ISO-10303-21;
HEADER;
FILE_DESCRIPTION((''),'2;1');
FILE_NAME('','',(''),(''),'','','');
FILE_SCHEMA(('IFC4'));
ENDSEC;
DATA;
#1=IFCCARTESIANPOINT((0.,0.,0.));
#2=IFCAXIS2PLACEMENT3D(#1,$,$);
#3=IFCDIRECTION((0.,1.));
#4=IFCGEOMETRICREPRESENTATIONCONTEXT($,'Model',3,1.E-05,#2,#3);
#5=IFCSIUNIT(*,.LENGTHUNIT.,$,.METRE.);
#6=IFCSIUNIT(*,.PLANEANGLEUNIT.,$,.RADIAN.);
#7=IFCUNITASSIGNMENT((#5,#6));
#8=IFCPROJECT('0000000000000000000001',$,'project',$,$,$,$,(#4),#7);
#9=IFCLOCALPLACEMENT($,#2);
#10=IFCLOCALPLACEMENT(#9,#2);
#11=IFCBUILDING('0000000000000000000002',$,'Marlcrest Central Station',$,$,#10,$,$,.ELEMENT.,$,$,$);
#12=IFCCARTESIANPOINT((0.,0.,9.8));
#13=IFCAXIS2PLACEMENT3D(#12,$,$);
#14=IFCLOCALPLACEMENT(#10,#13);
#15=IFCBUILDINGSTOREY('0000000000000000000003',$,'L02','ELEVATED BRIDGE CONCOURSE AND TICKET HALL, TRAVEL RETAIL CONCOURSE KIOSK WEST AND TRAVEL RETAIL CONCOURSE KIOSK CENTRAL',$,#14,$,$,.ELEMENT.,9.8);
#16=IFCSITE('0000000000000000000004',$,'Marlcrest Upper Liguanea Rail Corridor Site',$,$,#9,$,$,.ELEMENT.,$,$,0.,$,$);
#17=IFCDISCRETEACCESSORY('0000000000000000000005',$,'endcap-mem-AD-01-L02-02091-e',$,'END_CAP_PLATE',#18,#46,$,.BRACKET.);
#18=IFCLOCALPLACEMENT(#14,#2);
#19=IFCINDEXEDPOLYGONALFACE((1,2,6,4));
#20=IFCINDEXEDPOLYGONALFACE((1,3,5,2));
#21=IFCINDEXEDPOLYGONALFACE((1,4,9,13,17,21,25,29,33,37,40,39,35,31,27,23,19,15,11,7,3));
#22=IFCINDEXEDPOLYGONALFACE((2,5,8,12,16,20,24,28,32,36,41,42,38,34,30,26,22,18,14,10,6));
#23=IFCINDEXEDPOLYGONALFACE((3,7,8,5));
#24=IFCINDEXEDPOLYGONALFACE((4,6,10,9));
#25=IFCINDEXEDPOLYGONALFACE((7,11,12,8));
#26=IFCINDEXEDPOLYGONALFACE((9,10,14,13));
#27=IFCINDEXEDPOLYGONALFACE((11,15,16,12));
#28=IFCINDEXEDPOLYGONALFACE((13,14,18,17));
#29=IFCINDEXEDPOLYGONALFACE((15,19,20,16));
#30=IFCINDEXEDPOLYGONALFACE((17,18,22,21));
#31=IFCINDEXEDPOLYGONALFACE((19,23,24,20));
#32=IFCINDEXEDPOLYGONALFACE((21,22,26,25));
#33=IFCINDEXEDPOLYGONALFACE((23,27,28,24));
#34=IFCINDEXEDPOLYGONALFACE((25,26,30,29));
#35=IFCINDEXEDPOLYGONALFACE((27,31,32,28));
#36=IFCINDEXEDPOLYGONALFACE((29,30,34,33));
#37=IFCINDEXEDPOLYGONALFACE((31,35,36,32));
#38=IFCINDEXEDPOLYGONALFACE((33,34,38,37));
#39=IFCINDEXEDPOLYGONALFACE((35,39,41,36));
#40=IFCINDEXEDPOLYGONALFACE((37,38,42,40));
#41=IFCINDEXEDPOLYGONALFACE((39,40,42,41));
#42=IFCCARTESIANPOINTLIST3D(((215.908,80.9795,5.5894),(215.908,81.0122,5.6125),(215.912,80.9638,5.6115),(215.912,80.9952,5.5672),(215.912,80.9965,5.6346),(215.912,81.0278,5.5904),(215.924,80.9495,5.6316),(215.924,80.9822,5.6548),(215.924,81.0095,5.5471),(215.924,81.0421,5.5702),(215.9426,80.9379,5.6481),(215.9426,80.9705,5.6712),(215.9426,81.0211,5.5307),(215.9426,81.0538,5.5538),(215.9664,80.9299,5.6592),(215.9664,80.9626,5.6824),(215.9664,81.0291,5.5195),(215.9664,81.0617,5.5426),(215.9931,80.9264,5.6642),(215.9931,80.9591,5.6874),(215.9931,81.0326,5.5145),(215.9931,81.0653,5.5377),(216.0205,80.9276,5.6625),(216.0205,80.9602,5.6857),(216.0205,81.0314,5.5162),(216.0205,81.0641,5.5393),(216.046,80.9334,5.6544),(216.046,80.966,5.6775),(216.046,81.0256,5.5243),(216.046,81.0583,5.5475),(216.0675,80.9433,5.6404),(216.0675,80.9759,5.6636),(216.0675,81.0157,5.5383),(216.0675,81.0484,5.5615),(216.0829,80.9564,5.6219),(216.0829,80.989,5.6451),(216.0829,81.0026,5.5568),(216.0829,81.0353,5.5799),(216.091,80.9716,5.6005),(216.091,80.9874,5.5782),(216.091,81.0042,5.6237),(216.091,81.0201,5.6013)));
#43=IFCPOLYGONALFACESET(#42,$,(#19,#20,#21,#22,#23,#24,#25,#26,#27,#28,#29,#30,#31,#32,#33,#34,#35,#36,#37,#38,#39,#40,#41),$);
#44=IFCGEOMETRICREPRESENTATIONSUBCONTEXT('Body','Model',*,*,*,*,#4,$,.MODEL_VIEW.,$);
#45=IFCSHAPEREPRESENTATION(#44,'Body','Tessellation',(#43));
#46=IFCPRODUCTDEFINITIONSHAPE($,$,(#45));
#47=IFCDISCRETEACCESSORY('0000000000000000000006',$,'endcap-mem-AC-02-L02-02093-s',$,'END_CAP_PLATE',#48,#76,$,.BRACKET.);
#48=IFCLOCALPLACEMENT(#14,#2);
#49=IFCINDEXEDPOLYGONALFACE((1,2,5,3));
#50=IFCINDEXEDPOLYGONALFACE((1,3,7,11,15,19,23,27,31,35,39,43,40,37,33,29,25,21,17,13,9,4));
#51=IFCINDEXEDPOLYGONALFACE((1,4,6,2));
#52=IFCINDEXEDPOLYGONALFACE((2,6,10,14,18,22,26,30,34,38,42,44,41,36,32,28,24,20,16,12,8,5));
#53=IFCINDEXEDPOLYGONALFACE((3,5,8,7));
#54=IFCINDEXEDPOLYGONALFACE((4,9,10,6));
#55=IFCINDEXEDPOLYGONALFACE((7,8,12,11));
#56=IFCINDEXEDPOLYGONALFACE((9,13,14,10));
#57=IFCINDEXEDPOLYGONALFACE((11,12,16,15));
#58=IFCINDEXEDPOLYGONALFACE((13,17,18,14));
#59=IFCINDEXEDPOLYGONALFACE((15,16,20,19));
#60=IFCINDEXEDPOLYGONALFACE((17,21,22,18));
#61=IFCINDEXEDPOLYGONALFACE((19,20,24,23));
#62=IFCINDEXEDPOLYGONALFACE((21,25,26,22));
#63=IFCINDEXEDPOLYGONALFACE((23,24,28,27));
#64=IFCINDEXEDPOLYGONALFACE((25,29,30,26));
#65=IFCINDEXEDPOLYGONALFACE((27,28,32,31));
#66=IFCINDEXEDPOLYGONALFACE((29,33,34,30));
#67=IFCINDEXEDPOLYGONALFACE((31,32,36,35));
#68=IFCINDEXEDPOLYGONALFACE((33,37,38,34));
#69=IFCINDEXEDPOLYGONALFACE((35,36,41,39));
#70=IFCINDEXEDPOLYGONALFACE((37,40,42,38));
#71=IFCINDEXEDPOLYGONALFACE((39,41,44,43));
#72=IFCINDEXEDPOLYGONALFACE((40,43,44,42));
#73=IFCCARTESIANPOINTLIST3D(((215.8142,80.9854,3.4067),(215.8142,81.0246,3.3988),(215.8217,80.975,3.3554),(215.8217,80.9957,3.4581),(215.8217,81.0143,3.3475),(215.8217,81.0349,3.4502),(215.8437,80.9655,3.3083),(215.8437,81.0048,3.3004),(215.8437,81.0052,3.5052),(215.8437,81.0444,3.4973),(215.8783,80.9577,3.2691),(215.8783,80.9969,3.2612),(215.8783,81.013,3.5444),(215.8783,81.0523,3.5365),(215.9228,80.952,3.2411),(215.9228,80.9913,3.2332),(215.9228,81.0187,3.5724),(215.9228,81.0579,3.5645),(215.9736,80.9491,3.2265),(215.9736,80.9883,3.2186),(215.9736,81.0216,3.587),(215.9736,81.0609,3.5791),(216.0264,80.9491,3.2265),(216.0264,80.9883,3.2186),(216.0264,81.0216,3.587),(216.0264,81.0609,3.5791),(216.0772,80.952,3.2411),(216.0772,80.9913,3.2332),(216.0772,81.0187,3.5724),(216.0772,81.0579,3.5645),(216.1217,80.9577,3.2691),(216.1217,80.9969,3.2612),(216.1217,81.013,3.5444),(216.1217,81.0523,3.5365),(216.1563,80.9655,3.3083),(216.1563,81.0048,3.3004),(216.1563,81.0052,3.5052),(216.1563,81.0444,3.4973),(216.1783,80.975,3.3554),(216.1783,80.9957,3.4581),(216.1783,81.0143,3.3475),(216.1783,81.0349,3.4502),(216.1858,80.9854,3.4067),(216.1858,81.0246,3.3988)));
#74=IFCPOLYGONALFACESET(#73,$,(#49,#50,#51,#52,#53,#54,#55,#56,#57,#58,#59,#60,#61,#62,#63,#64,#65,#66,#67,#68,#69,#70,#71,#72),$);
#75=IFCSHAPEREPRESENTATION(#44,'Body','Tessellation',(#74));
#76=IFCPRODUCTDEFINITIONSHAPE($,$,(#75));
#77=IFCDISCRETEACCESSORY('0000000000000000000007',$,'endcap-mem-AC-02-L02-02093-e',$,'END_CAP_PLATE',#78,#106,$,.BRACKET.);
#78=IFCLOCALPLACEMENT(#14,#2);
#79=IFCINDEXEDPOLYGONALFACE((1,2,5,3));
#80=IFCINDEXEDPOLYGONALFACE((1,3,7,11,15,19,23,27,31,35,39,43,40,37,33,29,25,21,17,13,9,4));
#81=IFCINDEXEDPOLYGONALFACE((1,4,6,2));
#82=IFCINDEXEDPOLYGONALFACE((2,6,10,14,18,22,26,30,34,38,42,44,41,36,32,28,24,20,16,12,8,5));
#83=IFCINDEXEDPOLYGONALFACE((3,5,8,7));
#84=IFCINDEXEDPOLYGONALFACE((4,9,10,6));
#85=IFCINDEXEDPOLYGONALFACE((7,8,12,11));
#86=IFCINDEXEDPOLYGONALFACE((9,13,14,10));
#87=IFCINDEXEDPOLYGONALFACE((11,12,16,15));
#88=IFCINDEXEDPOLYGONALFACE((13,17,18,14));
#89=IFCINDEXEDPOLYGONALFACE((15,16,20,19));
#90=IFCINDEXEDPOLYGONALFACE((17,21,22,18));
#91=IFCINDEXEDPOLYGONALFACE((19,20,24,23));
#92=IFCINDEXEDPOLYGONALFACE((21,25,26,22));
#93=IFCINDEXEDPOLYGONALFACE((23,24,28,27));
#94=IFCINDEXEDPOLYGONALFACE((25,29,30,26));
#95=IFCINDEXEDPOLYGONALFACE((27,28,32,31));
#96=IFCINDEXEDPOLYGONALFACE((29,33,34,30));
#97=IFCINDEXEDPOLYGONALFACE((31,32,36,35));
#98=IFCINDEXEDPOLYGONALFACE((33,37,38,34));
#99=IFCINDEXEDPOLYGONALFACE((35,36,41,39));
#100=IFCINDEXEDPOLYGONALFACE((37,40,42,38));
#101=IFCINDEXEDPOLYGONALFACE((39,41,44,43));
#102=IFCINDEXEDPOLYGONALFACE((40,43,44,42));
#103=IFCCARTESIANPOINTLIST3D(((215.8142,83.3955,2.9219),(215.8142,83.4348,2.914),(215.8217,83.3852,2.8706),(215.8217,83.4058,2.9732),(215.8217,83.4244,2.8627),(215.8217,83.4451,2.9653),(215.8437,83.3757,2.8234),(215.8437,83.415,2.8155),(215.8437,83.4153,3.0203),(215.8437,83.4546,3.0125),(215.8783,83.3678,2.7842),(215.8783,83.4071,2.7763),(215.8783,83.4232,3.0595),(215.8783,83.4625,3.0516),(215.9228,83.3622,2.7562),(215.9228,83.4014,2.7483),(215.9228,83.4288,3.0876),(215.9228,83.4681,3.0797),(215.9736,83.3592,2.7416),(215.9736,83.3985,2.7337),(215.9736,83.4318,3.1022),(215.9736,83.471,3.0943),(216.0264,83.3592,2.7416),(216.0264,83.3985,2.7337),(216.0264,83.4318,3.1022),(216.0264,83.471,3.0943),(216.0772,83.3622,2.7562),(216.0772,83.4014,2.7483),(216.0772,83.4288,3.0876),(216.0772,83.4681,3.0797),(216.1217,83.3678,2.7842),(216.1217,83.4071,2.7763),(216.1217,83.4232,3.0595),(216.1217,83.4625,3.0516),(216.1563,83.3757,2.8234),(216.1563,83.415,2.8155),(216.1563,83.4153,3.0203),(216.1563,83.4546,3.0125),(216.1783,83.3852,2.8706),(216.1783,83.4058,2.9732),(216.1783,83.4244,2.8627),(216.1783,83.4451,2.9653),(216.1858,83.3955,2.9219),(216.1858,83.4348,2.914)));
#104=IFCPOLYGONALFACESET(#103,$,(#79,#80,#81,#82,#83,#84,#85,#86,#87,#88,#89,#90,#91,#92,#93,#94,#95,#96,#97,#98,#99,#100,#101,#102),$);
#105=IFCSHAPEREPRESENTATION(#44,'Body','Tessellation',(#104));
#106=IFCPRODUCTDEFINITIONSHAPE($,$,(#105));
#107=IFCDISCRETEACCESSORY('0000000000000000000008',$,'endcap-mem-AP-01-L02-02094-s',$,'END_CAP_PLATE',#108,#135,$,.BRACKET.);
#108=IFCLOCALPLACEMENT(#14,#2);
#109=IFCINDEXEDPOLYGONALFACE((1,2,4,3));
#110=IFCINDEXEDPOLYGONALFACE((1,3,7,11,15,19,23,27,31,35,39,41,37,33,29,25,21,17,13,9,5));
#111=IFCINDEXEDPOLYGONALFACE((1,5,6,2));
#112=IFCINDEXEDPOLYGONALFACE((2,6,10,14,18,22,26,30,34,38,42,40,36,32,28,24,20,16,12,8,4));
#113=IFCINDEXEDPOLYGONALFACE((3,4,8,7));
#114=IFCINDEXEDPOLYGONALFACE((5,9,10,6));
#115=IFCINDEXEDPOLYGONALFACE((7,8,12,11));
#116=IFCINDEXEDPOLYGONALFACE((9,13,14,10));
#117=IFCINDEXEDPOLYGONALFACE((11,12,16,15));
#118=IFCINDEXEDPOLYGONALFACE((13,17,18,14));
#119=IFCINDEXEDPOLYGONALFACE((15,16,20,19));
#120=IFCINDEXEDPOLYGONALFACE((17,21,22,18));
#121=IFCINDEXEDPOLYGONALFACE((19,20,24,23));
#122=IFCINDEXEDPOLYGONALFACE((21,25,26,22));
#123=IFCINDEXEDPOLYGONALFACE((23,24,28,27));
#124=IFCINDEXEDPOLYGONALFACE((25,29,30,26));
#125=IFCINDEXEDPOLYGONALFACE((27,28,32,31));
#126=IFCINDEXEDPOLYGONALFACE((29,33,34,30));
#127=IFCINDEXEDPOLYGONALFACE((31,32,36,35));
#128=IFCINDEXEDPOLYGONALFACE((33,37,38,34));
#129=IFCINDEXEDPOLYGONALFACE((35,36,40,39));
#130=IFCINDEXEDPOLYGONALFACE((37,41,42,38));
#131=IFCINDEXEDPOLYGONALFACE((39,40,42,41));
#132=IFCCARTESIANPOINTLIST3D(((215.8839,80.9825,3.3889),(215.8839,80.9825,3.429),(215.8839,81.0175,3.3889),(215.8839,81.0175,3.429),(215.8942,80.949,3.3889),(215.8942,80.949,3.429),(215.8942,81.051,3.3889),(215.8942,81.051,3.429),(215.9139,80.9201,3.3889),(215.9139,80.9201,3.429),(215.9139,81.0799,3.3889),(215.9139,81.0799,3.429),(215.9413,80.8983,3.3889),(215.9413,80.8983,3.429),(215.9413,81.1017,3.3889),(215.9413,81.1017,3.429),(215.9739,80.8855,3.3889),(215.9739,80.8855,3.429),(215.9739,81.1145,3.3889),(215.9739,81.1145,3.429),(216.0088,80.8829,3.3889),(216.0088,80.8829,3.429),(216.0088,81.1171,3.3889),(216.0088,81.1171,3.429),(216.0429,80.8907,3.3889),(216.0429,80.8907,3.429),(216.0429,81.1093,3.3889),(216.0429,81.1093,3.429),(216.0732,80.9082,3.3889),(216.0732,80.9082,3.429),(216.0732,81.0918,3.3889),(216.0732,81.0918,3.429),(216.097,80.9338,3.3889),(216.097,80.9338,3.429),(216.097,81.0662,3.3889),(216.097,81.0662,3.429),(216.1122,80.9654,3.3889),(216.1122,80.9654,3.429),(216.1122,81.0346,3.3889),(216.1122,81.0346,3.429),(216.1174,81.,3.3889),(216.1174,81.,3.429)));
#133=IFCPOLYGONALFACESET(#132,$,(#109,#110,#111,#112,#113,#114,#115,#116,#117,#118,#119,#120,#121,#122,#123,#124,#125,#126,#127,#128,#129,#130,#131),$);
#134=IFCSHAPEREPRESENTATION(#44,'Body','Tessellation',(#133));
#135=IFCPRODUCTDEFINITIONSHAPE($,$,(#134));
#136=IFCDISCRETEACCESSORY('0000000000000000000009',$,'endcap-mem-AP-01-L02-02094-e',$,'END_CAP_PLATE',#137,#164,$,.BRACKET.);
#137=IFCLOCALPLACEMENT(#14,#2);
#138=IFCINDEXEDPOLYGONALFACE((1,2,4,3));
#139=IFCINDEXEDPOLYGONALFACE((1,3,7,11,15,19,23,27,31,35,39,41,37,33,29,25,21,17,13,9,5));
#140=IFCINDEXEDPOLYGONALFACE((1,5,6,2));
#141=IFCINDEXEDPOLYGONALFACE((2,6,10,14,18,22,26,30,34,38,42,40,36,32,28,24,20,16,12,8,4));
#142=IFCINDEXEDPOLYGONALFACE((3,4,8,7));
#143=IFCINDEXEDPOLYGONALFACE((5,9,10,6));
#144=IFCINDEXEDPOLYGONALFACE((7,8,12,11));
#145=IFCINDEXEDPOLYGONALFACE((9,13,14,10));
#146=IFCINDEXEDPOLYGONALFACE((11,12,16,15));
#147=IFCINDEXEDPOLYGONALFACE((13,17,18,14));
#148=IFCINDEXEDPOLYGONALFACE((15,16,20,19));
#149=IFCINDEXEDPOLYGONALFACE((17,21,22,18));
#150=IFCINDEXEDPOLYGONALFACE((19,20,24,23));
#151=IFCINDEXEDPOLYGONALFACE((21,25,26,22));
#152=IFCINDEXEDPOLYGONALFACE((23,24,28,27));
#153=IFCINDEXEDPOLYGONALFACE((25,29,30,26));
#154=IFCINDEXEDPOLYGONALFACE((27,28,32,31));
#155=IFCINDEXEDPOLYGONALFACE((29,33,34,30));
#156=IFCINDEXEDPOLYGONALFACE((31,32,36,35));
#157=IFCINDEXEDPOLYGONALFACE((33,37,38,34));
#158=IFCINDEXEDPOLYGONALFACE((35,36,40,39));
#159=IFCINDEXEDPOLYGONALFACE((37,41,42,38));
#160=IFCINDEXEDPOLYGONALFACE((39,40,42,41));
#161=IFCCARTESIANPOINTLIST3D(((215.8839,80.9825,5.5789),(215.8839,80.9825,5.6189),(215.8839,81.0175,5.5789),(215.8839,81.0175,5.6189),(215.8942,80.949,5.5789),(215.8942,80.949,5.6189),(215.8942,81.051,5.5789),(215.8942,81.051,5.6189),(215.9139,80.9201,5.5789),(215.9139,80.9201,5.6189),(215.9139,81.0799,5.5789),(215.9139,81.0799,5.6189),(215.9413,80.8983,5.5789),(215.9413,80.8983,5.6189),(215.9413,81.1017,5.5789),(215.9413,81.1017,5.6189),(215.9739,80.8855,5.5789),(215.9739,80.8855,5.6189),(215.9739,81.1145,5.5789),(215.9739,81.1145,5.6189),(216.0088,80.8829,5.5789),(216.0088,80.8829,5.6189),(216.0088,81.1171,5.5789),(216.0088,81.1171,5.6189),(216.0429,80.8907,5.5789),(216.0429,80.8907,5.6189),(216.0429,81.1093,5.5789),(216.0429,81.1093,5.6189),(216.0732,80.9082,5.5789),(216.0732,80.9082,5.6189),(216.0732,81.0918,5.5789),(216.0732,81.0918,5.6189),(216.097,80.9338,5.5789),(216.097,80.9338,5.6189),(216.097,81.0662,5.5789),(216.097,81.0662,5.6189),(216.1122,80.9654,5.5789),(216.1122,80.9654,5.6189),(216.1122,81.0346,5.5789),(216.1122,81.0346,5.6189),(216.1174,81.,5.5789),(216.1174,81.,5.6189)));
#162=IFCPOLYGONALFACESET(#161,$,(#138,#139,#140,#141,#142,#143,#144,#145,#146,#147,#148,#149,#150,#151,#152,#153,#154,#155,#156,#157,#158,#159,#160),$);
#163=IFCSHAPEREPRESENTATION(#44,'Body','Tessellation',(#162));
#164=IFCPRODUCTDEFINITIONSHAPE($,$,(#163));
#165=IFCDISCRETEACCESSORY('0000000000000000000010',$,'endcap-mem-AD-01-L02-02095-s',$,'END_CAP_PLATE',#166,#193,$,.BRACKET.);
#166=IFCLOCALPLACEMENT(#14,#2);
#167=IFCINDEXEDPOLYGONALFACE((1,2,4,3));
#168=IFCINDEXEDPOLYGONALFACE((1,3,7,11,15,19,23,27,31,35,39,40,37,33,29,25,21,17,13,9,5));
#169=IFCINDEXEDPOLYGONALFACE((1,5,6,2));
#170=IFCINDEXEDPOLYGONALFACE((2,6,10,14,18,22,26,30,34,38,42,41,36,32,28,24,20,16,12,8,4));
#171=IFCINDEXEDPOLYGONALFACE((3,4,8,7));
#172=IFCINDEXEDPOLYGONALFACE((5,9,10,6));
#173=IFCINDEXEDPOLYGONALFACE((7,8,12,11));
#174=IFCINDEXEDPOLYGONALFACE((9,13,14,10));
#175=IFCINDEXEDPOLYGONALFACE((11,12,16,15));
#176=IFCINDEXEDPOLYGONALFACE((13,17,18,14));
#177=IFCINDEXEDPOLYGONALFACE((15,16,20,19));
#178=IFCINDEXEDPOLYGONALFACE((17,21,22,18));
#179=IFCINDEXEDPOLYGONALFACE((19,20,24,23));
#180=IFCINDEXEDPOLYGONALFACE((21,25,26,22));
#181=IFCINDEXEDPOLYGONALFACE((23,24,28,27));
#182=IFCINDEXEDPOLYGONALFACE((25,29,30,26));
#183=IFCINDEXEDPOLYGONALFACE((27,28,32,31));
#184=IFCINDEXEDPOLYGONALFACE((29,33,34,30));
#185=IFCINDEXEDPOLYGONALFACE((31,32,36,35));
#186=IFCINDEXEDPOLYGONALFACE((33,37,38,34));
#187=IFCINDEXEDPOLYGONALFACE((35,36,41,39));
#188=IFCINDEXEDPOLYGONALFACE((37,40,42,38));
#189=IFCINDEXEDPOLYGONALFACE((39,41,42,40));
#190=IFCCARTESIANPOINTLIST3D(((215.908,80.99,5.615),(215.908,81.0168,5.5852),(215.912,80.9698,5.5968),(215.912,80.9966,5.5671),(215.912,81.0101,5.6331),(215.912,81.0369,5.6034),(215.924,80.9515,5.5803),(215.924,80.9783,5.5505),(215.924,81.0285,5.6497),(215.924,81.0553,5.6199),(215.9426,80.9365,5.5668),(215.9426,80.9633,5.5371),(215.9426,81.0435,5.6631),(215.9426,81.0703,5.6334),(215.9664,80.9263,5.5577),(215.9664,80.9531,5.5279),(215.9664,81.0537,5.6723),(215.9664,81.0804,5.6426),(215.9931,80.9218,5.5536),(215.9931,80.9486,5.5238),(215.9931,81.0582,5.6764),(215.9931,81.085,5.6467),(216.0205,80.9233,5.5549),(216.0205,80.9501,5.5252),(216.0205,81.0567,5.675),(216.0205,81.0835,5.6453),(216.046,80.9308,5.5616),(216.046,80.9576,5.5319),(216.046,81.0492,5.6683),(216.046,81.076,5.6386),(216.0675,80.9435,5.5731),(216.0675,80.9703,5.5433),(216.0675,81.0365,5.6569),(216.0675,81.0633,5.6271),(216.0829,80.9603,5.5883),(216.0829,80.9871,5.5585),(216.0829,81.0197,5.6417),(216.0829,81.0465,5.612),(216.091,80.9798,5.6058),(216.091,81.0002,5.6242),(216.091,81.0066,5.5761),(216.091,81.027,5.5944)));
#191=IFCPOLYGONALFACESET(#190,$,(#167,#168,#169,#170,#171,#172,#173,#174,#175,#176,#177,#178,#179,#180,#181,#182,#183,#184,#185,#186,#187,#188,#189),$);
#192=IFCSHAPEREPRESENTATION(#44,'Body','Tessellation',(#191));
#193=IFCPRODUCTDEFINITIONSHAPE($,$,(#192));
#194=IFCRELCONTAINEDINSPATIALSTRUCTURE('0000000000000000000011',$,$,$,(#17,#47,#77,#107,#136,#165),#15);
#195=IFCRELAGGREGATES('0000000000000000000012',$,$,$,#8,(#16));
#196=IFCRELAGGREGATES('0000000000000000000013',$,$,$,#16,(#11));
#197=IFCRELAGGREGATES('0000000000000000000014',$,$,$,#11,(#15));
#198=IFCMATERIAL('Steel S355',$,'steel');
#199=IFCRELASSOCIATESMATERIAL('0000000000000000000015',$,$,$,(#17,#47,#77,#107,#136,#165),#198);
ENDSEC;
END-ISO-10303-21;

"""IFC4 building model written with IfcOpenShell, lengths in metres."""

from ifc_helpers import new_model, si_unit, direction, frame, origin, origin_2d, place, context, subcontext, project, spatial, circle, extrude, material, element, save


model = new_model("IFC4")

# Units and contexts
model_context = context("Model", 3, precision=1e-05, world=origin(), true_north=direction((0.0, 1.0)))
body_context = subcontext(model_context, "Body", "Model", "MODEL_VIEW")
ifc_project = project(units=[si_unit("LENGTHUNIT", "METRE"), si_unit("PLANEANGLEUNIT", "RADIAN")], contexts=[model_context])

# Site, building, storey
site_placement = place(None, origin())
site = spatial("IfcSite", under=ifc_project, at=site_placement, Name="Marlcrest Upper Liguanea Rail Corridor Site", CompositionType="ELEMENT", RefElevation=0.0)
building_placement = place(site_placement, origin())
building = spatial("IfcBuilding", under=site, at=building_placement, Name="Marlcrest Central Station", CompositionType="ELEMENT")
storey_placement = place(building_placement, frame((0.0, 0.0, 9.8)))
storey = spatial("IfcBuildingStorey", under=building, at=storey_placement, Name="L02", Description="ELEVATED BRIDGE CONCOURSE AND TICKET HALL, TRAVEL RETAIL CONCOURSE KIOSK WEST AND TRAVEL RETAIL CONCOURSE KIOSK CENTRAL", CompositionType="ELEMENT", Elevation=9.8)

# Shared definitions
ifc_material_1 = material(Name="Steel S355", Category="steel")

# Discrete accessories
discrete_accessory_1_placement = place(storey_placement, frame((216.0, 80.9795, 5.5894), z_axis=(0.0, 0.815661, 0.57853), x_axis=(-1.0, 0.0, 0.0)))
element("IfcDiscreteAccessory", 1, at=discrete_accessory_1_placement, inside=storey, material=ifc_material_1, Name="endcap-mem-AD-01-L02-02091-e", ObjectType="END_CAP_PLATE", PredefinedType="BRACKET", context=body_context, shape_type="SweptSolid", body=[
    extrude(circle(Radius=0.092, at=origin_2d()), origin(), (0.0, 0.0, 1.0), 0.04),
])
for number, where, z_axis, x_axis, name in (
    (2, (216.0, 80.9854, 3.4067), (0.0, 0.980359, -0.197219), (-1.0, 0.0, 0.0), "endcap-mem-AC-02-L02-02093-s"),
    (3, (216.0, 83.3955, 2.9219), (0.0, 0.980359, -0.197219), (-1.0, 0.0, 0.0), "endcap-mem-AC-02-L02-02093-e"),
):
    element("IfcDiscreteAccessory", number, at=place(storey_placement, frame(where, z_axis=z_axis, x_axis=x_axis)), inside=storey, material=ifc_material_1, Name=name, ObjectType="END_CAP_PLATE", PredefinedType="BRACKET", context=body_context, shape_type="SweptSolid", body=[
        extrude(circle(Radius=0.1858, at=origin_2d()), origin(), (0.0, 0.0, 1.0), 0.04),
    ])
for number, where, z_axis, x_axis, name in (
    (4, (216.0, 81.0, 3.3889), (0.0, 0.0, 1.0), (1.0, 0.0, 0.0), "endcap-mem-AP-01-L02-02094-s"),
    (5, (216.0, 81.0, 5.5789), (0.0, 0.0, 1.0), (1.0, 0.0, 0.0), "endcap-mem-AP-01-L02-02094-e"),
):
    element("IfcDiscreteAccessory", number, at=place(storey_placement, frame(where, z_axis=z_axis, x_axis=x_axis)), inside=storey, material=ifc_material_1, Name=name, ObjectType="END_CAP_PLATE", PredefinedType="BRACKET", context=body_context, shape_type="SweptSolid", body=[
        extrude(circle(Radius=0.1174, at=origin_2d()), origin(), (0.0, 0.0, 1.0), 0.04),
    ])
for number, where, z_axis, x_axis, name in (
    (6, (216.0, 80.99, 5.615), (0.0, 0.669244, -0.743042), (-1.0, 0.0, 0.0), "endcap-mem-AD-01-L02-02095-s"),
):
    element("IfcDiscreteAccessory", number, at=place(storey_placement, frame(where, z_axis=z_axis, x_axis=x_axis)), inside=storey, material=ifc_material_1, Name=name, ObjectType="END_CAP_PLATE", PredefinedType="BRACKET", context=body_context, shape_type="SweptSolid", body=[
        extrude(circle(Radius=0.092, at=origin_2d()), origin(), (0.0, 0.0, 1.0), 0.04),
    ])

save(model, "model.ifc")
